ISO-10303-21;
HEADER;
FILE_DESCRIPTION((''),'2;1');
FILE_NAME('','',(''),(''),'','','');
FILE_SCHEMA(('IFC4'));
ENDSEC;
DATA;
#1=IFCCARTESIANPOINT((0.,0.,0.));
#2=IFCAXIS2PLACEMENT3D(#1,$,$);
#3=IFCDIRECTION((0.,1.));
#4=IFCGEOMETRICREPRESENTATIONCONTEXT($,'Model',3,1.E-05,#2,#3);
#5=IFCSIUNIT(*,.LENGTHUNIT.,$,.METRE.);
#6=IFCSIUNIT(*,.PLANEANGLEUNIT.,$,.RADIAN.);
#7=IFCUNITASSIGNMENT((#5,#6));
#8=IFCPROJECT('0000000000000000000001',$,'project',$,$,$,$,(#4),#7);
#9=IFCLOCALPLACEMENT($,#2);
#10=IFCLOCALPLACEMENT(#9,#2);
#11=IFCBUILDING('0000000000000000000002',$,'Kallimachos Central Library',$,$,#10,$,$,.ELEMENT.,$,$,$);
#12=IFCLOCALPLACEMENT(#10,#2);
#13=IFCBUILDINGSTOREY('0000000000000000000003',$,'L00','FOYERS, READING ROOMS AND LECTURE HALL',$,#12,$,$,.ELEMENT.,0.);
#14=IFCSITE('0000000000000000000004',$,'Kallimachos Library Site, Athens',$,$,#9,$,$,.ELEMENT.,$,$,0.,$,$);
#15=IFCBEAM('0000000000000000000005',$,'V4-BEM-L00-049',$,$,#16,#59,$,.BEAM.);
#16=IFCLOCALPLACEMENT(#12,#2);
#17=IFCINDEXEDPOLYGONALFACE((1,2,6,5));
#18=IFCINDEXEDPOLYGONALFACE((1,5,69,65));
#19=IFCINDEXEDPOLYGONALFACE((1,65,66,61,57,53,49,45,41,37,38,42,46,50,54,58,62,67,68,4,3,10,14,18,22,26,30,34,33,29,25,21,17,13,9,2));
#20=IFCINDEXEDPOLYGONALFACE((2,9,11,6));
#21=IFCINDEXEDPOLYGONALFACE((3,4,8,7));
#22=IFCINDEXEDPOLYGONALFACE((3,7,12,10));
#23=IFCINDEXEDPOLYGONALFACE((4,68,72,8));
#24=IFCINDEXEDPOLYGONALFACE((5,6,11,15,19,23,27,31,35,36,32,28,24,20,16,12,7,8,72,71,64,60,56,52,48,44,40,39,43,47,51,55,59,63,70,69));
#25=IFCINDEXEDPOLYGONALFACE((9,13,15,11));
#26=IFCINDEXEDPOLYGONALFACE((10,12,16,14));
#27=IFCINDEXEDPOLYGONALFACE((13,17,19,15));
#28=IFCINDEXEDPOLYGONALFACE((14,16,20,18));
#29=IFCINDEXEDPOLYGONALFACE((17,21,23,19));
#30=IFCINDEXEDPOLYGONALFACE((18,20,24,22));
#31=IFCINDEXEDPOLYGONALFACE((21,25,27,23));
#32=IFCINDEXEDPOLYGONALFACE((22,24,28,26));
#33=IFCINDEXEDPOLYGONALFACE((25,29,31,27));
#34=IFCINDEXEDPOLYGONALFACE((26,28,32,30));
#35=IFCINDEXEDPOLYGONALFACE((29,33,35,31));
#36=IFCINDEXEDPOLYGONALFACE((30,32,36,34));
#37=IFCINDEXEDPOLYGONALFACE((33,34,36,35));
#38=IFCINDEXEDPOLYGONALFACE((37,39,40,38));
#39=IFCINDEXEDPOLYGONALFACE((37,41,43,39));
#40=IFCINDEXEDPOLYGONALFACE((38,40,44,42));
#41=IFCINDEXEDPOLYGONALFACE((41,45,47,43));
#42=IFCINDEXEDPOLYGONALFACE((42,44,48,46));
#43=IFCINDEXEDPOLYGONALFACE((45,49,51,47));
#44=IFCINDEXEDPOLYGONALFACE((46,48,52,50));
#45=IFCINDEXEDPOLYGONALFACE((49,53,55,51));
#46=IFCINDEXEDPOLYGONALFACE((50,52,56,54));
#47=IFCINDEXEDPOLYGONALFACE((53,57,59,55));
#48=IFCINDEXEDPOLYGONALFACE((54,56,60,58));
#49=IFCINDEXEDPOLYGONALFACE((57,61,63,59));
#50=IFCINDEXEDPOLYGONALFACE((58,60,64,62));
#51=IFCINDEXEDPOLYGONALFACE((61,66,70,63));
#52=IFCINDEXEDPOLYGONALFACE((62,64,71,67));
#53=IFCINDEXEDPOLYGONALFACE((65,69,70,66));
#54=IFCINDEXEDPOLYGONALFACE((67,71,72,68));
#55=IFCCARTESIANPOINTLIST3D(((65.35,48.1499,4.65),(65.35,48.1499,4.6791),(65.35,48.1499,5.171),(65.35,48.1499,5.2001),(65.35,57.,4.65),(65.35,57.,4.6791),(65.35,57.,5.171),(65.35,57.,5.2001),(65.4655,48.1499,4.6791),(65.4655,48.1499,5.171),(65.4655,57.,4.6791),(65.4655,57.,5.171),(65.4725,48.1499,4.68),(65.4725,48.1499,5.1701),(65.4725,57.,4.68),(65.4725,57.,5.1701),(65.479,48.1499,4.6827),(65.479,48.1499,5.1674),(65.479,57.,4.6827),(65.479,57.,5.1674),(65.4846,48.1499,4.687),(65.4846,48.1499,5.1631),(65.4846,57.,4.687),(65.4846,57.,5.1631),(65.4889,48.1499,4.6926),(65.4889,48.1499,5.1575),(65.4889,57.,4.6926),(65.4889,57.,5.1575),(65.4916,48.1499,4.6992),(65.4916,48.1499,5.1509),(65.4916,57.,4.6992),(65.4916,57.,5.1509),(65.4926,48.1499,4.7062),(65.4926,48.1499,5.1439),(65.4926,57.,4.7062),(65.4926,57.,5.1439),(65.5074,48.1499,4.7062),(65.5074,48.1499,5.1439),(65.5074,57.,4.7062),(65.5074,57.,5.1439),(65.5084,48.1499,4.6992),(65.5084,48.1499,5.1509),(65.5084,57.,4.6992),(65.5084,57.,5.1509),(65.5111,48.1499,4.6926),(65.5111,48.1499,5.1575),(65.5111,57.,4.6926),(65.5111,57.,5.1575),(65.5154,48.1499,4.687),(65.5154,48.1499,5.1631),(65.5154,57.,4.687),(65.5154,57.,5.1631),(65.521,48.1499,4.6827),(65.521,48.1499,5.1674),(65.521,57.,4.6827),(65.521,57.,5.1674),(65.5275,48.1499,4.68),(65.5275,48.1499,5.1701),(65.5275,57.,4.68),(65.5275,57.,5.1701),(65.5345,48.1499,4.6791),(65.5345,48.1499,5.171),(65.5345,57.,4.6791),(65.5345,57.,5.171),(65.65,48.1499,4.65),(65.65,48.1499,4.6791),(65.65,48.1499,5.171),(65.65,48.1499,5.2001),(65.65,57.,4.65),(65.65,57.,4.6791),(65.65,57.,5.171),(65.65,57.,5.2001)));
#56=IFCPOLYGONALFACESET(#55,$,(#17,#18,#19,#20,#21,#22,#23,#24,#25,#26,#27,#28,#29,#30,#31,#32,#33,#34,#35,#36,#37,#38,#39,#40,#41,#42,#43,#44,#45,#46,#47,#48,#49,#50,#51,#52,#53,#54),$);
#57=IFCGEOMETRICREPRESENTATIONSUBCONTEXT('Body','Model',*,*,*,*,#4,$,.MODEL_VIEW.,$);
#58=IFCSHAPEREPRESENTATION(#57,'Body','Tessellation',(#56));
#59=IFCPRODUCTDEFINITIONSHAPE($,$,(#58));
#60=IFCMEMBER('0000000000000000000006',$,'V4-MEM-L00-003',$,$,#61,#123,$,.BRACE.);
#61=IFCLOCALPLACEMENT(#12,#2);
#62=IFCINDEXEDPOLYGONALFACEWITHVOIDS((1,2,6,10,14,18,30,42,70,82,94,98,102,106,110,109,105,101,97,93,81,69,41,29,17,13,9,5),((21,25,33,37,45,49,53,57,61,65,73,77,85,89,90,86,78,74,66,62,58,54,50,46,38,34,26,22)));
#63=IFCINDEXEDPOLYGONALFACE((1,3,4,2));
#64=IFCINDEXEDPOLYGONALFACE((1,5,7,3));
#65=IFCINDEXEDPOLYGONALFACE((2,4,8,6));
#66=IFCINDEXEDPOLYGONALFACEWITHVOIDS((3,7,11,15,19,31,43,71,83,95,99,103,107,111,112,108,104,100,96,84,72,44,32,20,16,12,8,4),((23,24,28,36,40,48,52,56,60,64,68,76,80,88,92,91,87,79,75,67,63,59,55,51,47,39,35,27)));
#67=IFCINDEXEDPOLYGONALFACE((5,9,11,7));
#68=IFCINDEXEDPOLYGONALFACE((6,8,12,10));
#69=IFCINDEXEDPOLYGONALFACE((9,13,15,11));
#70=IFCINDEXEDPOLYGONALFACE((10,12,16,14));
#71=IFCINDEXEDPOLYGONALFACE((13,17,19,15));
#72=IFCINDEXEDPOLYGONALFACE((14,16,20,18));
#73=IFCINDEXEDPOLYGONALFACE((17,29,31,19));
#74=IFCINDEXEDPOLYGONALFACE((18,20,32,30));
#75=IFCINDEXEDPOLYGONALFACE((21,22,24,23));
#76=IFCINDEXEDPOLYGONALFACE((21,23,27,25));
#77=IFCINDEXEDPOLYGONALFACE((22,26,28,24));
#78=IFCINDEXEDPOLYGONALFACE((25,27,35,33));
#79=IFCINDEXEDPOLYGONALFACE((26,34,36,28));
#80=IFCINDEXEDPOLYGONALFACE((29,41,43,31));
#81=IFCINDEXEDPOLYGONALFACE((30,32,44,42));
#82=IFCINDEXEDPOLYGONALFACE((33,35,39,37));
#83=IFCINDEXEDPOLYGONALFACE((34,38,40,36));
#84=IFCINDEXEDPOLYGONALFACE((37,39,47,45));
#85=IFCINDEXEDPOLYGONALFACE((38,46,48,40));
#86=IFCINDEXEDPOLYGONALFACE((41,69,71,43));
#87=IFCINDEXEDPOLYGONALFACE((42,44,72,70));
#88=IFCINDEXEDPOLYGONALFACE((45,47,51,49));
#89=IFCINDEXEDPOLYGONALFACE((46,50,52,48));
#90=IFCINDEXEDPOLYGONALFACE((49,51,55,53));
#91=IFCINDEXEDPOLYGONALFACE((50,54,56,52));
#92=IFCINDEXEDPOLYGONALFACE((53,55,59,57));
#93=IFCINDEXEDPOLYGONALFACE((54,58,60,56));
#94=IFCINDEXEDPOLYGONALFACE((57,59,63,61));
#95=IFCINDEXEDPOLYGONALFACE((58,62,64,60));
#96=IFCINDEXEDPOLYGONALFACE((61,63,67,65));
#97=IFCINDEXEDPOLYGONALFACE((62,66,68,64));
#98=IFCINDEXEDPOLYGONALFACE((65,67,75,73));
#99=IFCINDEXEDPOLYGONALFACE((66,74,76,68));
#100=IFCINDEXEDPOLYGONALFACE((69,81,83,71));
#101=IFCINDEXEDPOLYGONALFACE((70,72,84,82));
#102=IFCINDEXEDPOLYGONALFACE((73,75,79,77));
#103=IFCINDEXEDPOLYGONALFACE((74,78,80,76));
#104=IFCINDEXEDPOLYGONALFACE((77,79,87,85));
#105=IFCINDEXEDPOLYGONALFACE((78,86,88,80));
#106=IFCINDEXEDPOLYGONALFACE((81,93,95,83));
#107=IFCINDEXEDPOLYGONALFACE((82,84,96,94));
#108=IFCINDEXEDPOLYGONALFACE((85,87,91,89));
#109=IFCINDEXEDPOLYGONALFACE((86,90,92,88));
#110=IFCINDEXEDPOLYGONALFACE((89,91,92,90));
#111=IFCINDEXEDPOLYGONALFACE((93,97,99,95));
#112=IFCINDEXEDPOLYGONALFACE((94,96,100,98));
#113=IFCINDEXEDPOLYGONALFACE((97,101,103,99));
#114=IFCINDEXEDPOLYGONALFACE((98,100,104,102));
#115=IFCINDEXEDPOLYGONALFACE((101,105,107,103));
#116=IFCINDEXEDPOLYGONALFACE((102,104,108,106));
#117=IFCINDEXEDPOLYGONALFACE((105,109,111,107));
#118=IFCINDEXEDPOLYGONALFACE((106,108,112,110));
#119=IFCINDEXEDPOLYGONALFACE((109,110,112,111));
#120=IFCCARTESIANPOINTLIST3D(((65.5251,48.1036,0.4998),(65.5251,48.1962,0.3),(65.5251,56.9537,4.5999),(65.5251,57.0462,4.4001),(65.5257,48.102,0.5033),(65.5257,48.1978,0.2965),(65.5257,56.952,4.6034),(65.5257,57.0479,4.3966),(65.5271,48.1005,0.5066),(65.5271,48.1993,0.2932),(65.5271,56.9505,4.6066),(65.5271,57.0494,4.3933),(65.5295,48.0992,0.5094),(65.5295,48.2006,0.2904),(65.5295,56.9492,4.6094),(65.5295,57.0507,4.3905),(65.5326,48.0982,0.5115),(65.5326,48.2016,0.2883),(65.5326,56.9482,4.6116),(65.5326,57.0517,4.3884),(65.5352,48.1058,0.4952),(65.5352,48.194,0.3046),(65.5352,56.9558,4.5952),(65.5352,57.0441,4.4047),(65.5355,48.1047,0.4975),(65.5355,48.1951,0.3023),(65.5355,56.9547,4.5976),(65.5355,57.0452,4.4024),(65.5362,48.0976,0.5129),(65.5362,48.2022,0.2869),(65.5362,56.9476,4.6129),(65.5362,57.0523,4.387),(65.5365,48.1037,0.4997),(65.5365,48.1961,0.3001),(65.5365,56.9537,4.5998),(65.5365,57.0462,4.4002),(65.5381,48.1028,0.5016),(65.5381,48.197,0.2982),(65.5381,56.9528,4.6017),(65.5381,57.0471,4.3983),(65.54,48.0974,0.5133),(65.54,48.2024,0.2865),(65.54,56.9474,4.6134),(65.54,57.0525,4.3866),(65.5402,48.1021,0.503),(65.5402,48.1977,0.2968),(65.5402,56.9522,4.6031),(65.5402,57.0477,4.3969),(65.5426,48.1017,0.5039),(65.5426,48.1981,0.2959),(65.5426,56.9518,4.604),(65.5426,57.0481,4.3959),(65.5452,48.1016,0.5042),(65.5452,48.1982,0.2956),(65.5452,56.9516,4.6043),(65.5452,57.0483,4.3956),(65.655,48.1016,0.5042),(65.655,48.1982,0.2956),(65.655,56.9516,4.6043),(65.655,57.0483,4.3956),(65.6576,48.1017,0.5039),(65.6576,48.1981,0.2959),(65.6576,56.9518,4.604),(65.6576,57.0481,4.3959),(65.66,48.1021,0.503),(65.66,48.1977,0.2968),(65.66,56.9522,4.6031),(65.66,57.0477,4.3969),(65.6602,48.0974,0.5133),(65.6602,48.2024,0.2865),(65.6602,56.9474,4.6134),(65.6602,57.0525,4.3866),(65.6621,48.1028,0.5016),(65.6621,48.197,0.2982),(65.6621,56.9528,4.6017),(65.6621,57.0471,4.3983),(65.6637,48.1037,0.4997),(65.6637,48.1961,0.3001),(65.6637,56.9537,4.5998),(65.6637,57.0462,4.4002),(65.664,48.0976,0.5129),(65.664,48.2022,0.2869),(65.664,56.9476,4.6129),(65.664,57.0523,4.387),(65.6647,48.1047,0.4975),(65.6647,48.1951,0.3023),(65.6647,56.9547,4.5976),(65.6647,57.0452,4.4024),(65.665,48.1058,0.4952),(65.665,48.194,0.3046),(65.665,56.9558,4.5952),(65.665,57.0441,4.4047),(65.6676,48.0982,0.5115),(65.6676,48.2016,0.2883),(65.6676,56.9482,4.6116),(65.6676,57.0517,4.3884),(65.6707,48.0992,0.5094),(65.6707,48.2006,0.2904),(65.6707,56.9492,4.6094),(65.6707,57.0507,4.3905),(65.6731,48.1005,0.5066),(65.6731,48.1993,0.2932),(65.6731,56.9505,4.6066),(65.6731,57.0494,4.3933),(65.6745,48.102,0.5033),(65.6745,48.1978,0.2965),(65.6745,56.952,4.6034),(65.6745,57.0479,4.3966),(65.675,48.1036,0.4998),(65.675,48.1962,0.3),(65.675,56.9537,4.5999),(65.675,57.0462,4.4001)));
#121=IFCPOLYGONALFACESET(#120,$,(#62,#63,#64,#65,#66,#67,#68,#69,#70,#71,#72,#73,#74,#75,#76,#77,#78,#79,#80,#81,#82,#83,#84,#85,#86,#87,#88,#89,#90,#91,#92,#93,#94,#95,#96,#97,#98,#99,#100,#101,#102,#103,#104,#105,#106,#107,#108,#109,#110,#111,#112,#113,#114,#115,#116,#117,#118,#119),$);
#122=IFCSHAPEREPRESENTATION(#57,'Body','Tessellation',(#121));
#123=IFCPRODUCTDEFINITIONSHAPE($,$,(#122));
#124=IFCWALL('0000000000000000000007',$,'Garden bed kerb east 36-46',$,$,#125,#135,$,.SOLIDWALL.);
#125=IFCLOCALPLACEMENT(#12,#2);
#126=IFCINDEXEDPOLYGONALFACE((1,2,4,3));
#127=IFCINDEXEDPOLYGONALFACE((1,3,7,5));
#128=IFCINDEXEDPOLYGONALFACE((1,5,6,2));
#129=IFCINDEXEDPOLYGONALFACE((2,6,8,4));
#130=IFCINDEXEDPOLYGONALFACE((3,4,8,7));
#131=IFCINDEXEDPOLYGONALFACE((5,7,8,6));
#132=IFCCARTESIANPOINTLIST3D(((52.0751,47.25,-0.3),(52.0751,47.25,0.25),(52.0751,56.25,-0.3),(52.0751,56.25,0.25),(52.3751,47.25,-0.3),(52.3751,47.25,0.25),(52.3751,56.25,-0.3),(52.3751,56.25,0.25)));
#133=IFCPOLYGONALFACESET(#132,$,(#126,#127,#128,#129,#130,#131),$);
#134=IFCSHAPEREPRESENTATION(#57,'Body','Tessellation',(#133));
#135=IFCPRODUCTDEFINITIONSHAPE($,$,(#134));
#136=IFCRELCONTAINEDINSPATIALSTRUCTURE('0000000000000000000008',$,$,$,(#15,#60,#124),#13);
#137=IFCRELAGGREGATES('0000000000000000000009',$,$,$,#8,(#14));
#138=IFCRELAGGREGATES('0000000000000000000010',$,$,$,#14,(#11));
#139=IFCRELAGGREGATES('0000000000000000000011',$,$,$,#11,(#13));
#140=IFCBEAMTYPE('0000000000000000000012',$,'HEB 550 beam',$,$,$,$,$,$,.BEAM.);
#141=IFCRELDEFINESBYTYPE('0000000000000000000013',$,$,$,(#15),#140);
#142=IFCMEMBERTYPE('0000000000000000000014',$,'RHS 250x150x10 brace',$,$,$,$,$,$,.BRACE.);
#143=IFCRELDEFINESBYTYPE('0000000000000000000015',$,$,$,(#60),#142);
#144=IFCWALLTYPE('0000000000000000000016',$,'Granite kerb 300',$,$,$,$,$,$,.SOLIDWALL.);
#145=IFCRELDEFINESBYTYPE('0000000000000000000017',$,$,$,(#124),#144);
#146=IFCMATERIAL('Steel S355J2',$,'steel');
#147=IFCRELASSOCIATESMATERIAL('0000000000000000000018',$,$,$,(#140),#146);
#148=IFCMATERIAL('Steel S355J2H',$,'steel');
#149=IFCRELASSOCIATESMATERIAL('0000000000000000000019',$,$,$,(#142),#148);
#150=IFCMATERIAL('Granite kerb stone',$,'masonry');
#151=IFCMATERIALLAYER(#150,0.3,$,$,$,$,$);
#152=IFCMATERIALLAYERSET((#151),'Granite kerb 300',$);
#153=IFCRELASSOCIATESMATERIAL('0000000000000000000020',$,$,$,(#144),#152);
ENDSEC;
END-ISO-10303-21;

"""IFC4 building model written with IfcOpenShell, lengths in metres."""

from ifc_helpers import new_model, si_unit, direction, frame, frame_2d, origin, origin_2d, place, context, subcontext, project, spatial, rectangle, hollow_rectangle, i_section, extrude, material, layer, layer_set, material_profile, profile_set, type_object, element, save


model = new_model("IFC4")

# Units and contexts
model_context = context("Model", 3, precision=1e-05, world=origin(), true_north=direction((0.0, 1.0)))
body_context = subcontext(model_context, "Body", "Model", "MODEL_VIEW")
ifc_project = project(units=[si_unit("LENGTHUNIT", "METRE"), si_unit("PLANEANGLEUNIT", "RADIAN")], contexts=[model_context])

# Site, building, storey
site_placement = place(None, origin())
site = spatial("IfcSite", under=ifc_project, at=site_placement, Name="Kallimachos Library Site, Athens", CompositionType="ELEMENT", RefElevation=0.0)
building_placement = place(site_placement, origin())
building = spatial("IfcBuilding", under=site, at=building_placement, Name="Kallimachos Central Library", CompositionType="ELEMENT")
storey_placement = place(building_placement, origin())
storey = spatial("IfcBuildingStorey", under=building, at=storey_placement, Name="L00", Description="FOYERS, READING ROOMS AND LECTURE HALL", CompositionType="ELEMENT", Elevation=0.0)

# Beam
ifc_material_1 = material(Name="Steel S355J2", Category="steel")
ifc_material_profile_1 = material_profile(ifc_material_1, i_section(OverallWidth=0.3, OverallDepth=0.55, WebThickness=0.0149, FlangeThickness=0.0291, FilletRadius=0.0271, at=origin_2d()), Name="HEB 550")
ifc_profile_set_1 = profile_set([ifc_material_profile_1], Name="Steel S355J2")
beam_type = type_object("IfcBeamType", Name="HEB 550 beam", PredefinedType="BEAM", material=ifc_profile_set_1)
beam_1_placement = place(storey_placement, frame((65.5, 48.1499, 4.925), z_axis=(0.0, 1.0, 0.0), x_axis=(-1.0, 0.0, 0.0)))
element("IfcBeam", 1, at=beam_1_placement, inside=storey, type_object=beam_type, Name="V4-BEM-L00-049", PredefinedType="BEAM", context=body_context, shape_type="SweptSolid", body=[
    extrude(i_section(OverallWidth=0.3, OverallDepth=0.55, WebThickness=0.0149, FlangeThickness=0.0291, FilletRadius=0.0271, at=origin_2d()), origin(), (0.0, 0.0, 1.0), 8.8501),
])

# Member
ifc_material_2 = material(Name="Steel S355J2H", Category="steel")
ifc_material_profile_2 = material_profile(ifc_material_2, hollow_rectangle(XDim=0.1499, YDim=0.25, WallThickness=0.01, InnerFilletRadius=0.01, OuterFilletRadius=0.0149, at=origin_2d()), Name="RHS 250x150x10")
ifc_profile_set_2 = profile_set([ifc_material_profile_2], Name="Steel S355J2H")
member_type = type_object("IfcMemberType", Name="RHS 250x150x10 brace", PredefinedType="BRACE", material=ifc_profile_set_2)
member_placement = place(storey_placement, frame((65.6001, 48.1499, 0.3999), z_axis=(0.0, 0.907356, 0.420363), x_axis=(-1.0, 0.0, 0.0)))
element("IfcMember", 2, at=member_placement, inside=storey, type_object=member_type, Name="V4-MEM-L00-003", PredefinedType="BRACE", context=body_context, shape_type="SweptSolid", body=[
    extrude(hollow_rectangle(XDim=0.1499, YDim=0.25, WallThickness=0.01, InnerFilletRadius=0.01, OuterFilletRadius=0.0149, at=origin_2d()), origin(), (0.0, 0.0, 1.0), 9.7537),
])

# Wall
ifc_material_3 = material(Name="Granite kerb stone", Category="masonry")
ifc_layer_1 = layer(ifc_material_3, 0.3)
ifc_layer_set_1 = layer_set([ifc_layer_1], Name="Granite kerb 300")
wall_type_1 = type_object("IfcWallType", Name="Granite kerb 300", PredefinedType="SOLIDWALL", material=ifc_layer_set_1)
wall_1_placement = place(storey_placement, frame((52.2251, 47.25, -0.3), z_axis=(0.0, 0.0, 1.0), x_axis=(0.0, 1.0, 0.0)))
element("IfcWall", 3, at=wall_1_placement, inside=storey, type_object=wall_type_1, Name="Garden bed kerb east 36-46", PredefinedType="SOLIDWALL", context=body_context, shape_type="SweptSolid", body=[
    extrude(rectangle(XDim=9.0, YDim=0.3, at=frame_2d((4.5, 0.0))), origin(), (0.0, 0.0, 1.0), 0.55),
])

save(model, "model.ifc")
